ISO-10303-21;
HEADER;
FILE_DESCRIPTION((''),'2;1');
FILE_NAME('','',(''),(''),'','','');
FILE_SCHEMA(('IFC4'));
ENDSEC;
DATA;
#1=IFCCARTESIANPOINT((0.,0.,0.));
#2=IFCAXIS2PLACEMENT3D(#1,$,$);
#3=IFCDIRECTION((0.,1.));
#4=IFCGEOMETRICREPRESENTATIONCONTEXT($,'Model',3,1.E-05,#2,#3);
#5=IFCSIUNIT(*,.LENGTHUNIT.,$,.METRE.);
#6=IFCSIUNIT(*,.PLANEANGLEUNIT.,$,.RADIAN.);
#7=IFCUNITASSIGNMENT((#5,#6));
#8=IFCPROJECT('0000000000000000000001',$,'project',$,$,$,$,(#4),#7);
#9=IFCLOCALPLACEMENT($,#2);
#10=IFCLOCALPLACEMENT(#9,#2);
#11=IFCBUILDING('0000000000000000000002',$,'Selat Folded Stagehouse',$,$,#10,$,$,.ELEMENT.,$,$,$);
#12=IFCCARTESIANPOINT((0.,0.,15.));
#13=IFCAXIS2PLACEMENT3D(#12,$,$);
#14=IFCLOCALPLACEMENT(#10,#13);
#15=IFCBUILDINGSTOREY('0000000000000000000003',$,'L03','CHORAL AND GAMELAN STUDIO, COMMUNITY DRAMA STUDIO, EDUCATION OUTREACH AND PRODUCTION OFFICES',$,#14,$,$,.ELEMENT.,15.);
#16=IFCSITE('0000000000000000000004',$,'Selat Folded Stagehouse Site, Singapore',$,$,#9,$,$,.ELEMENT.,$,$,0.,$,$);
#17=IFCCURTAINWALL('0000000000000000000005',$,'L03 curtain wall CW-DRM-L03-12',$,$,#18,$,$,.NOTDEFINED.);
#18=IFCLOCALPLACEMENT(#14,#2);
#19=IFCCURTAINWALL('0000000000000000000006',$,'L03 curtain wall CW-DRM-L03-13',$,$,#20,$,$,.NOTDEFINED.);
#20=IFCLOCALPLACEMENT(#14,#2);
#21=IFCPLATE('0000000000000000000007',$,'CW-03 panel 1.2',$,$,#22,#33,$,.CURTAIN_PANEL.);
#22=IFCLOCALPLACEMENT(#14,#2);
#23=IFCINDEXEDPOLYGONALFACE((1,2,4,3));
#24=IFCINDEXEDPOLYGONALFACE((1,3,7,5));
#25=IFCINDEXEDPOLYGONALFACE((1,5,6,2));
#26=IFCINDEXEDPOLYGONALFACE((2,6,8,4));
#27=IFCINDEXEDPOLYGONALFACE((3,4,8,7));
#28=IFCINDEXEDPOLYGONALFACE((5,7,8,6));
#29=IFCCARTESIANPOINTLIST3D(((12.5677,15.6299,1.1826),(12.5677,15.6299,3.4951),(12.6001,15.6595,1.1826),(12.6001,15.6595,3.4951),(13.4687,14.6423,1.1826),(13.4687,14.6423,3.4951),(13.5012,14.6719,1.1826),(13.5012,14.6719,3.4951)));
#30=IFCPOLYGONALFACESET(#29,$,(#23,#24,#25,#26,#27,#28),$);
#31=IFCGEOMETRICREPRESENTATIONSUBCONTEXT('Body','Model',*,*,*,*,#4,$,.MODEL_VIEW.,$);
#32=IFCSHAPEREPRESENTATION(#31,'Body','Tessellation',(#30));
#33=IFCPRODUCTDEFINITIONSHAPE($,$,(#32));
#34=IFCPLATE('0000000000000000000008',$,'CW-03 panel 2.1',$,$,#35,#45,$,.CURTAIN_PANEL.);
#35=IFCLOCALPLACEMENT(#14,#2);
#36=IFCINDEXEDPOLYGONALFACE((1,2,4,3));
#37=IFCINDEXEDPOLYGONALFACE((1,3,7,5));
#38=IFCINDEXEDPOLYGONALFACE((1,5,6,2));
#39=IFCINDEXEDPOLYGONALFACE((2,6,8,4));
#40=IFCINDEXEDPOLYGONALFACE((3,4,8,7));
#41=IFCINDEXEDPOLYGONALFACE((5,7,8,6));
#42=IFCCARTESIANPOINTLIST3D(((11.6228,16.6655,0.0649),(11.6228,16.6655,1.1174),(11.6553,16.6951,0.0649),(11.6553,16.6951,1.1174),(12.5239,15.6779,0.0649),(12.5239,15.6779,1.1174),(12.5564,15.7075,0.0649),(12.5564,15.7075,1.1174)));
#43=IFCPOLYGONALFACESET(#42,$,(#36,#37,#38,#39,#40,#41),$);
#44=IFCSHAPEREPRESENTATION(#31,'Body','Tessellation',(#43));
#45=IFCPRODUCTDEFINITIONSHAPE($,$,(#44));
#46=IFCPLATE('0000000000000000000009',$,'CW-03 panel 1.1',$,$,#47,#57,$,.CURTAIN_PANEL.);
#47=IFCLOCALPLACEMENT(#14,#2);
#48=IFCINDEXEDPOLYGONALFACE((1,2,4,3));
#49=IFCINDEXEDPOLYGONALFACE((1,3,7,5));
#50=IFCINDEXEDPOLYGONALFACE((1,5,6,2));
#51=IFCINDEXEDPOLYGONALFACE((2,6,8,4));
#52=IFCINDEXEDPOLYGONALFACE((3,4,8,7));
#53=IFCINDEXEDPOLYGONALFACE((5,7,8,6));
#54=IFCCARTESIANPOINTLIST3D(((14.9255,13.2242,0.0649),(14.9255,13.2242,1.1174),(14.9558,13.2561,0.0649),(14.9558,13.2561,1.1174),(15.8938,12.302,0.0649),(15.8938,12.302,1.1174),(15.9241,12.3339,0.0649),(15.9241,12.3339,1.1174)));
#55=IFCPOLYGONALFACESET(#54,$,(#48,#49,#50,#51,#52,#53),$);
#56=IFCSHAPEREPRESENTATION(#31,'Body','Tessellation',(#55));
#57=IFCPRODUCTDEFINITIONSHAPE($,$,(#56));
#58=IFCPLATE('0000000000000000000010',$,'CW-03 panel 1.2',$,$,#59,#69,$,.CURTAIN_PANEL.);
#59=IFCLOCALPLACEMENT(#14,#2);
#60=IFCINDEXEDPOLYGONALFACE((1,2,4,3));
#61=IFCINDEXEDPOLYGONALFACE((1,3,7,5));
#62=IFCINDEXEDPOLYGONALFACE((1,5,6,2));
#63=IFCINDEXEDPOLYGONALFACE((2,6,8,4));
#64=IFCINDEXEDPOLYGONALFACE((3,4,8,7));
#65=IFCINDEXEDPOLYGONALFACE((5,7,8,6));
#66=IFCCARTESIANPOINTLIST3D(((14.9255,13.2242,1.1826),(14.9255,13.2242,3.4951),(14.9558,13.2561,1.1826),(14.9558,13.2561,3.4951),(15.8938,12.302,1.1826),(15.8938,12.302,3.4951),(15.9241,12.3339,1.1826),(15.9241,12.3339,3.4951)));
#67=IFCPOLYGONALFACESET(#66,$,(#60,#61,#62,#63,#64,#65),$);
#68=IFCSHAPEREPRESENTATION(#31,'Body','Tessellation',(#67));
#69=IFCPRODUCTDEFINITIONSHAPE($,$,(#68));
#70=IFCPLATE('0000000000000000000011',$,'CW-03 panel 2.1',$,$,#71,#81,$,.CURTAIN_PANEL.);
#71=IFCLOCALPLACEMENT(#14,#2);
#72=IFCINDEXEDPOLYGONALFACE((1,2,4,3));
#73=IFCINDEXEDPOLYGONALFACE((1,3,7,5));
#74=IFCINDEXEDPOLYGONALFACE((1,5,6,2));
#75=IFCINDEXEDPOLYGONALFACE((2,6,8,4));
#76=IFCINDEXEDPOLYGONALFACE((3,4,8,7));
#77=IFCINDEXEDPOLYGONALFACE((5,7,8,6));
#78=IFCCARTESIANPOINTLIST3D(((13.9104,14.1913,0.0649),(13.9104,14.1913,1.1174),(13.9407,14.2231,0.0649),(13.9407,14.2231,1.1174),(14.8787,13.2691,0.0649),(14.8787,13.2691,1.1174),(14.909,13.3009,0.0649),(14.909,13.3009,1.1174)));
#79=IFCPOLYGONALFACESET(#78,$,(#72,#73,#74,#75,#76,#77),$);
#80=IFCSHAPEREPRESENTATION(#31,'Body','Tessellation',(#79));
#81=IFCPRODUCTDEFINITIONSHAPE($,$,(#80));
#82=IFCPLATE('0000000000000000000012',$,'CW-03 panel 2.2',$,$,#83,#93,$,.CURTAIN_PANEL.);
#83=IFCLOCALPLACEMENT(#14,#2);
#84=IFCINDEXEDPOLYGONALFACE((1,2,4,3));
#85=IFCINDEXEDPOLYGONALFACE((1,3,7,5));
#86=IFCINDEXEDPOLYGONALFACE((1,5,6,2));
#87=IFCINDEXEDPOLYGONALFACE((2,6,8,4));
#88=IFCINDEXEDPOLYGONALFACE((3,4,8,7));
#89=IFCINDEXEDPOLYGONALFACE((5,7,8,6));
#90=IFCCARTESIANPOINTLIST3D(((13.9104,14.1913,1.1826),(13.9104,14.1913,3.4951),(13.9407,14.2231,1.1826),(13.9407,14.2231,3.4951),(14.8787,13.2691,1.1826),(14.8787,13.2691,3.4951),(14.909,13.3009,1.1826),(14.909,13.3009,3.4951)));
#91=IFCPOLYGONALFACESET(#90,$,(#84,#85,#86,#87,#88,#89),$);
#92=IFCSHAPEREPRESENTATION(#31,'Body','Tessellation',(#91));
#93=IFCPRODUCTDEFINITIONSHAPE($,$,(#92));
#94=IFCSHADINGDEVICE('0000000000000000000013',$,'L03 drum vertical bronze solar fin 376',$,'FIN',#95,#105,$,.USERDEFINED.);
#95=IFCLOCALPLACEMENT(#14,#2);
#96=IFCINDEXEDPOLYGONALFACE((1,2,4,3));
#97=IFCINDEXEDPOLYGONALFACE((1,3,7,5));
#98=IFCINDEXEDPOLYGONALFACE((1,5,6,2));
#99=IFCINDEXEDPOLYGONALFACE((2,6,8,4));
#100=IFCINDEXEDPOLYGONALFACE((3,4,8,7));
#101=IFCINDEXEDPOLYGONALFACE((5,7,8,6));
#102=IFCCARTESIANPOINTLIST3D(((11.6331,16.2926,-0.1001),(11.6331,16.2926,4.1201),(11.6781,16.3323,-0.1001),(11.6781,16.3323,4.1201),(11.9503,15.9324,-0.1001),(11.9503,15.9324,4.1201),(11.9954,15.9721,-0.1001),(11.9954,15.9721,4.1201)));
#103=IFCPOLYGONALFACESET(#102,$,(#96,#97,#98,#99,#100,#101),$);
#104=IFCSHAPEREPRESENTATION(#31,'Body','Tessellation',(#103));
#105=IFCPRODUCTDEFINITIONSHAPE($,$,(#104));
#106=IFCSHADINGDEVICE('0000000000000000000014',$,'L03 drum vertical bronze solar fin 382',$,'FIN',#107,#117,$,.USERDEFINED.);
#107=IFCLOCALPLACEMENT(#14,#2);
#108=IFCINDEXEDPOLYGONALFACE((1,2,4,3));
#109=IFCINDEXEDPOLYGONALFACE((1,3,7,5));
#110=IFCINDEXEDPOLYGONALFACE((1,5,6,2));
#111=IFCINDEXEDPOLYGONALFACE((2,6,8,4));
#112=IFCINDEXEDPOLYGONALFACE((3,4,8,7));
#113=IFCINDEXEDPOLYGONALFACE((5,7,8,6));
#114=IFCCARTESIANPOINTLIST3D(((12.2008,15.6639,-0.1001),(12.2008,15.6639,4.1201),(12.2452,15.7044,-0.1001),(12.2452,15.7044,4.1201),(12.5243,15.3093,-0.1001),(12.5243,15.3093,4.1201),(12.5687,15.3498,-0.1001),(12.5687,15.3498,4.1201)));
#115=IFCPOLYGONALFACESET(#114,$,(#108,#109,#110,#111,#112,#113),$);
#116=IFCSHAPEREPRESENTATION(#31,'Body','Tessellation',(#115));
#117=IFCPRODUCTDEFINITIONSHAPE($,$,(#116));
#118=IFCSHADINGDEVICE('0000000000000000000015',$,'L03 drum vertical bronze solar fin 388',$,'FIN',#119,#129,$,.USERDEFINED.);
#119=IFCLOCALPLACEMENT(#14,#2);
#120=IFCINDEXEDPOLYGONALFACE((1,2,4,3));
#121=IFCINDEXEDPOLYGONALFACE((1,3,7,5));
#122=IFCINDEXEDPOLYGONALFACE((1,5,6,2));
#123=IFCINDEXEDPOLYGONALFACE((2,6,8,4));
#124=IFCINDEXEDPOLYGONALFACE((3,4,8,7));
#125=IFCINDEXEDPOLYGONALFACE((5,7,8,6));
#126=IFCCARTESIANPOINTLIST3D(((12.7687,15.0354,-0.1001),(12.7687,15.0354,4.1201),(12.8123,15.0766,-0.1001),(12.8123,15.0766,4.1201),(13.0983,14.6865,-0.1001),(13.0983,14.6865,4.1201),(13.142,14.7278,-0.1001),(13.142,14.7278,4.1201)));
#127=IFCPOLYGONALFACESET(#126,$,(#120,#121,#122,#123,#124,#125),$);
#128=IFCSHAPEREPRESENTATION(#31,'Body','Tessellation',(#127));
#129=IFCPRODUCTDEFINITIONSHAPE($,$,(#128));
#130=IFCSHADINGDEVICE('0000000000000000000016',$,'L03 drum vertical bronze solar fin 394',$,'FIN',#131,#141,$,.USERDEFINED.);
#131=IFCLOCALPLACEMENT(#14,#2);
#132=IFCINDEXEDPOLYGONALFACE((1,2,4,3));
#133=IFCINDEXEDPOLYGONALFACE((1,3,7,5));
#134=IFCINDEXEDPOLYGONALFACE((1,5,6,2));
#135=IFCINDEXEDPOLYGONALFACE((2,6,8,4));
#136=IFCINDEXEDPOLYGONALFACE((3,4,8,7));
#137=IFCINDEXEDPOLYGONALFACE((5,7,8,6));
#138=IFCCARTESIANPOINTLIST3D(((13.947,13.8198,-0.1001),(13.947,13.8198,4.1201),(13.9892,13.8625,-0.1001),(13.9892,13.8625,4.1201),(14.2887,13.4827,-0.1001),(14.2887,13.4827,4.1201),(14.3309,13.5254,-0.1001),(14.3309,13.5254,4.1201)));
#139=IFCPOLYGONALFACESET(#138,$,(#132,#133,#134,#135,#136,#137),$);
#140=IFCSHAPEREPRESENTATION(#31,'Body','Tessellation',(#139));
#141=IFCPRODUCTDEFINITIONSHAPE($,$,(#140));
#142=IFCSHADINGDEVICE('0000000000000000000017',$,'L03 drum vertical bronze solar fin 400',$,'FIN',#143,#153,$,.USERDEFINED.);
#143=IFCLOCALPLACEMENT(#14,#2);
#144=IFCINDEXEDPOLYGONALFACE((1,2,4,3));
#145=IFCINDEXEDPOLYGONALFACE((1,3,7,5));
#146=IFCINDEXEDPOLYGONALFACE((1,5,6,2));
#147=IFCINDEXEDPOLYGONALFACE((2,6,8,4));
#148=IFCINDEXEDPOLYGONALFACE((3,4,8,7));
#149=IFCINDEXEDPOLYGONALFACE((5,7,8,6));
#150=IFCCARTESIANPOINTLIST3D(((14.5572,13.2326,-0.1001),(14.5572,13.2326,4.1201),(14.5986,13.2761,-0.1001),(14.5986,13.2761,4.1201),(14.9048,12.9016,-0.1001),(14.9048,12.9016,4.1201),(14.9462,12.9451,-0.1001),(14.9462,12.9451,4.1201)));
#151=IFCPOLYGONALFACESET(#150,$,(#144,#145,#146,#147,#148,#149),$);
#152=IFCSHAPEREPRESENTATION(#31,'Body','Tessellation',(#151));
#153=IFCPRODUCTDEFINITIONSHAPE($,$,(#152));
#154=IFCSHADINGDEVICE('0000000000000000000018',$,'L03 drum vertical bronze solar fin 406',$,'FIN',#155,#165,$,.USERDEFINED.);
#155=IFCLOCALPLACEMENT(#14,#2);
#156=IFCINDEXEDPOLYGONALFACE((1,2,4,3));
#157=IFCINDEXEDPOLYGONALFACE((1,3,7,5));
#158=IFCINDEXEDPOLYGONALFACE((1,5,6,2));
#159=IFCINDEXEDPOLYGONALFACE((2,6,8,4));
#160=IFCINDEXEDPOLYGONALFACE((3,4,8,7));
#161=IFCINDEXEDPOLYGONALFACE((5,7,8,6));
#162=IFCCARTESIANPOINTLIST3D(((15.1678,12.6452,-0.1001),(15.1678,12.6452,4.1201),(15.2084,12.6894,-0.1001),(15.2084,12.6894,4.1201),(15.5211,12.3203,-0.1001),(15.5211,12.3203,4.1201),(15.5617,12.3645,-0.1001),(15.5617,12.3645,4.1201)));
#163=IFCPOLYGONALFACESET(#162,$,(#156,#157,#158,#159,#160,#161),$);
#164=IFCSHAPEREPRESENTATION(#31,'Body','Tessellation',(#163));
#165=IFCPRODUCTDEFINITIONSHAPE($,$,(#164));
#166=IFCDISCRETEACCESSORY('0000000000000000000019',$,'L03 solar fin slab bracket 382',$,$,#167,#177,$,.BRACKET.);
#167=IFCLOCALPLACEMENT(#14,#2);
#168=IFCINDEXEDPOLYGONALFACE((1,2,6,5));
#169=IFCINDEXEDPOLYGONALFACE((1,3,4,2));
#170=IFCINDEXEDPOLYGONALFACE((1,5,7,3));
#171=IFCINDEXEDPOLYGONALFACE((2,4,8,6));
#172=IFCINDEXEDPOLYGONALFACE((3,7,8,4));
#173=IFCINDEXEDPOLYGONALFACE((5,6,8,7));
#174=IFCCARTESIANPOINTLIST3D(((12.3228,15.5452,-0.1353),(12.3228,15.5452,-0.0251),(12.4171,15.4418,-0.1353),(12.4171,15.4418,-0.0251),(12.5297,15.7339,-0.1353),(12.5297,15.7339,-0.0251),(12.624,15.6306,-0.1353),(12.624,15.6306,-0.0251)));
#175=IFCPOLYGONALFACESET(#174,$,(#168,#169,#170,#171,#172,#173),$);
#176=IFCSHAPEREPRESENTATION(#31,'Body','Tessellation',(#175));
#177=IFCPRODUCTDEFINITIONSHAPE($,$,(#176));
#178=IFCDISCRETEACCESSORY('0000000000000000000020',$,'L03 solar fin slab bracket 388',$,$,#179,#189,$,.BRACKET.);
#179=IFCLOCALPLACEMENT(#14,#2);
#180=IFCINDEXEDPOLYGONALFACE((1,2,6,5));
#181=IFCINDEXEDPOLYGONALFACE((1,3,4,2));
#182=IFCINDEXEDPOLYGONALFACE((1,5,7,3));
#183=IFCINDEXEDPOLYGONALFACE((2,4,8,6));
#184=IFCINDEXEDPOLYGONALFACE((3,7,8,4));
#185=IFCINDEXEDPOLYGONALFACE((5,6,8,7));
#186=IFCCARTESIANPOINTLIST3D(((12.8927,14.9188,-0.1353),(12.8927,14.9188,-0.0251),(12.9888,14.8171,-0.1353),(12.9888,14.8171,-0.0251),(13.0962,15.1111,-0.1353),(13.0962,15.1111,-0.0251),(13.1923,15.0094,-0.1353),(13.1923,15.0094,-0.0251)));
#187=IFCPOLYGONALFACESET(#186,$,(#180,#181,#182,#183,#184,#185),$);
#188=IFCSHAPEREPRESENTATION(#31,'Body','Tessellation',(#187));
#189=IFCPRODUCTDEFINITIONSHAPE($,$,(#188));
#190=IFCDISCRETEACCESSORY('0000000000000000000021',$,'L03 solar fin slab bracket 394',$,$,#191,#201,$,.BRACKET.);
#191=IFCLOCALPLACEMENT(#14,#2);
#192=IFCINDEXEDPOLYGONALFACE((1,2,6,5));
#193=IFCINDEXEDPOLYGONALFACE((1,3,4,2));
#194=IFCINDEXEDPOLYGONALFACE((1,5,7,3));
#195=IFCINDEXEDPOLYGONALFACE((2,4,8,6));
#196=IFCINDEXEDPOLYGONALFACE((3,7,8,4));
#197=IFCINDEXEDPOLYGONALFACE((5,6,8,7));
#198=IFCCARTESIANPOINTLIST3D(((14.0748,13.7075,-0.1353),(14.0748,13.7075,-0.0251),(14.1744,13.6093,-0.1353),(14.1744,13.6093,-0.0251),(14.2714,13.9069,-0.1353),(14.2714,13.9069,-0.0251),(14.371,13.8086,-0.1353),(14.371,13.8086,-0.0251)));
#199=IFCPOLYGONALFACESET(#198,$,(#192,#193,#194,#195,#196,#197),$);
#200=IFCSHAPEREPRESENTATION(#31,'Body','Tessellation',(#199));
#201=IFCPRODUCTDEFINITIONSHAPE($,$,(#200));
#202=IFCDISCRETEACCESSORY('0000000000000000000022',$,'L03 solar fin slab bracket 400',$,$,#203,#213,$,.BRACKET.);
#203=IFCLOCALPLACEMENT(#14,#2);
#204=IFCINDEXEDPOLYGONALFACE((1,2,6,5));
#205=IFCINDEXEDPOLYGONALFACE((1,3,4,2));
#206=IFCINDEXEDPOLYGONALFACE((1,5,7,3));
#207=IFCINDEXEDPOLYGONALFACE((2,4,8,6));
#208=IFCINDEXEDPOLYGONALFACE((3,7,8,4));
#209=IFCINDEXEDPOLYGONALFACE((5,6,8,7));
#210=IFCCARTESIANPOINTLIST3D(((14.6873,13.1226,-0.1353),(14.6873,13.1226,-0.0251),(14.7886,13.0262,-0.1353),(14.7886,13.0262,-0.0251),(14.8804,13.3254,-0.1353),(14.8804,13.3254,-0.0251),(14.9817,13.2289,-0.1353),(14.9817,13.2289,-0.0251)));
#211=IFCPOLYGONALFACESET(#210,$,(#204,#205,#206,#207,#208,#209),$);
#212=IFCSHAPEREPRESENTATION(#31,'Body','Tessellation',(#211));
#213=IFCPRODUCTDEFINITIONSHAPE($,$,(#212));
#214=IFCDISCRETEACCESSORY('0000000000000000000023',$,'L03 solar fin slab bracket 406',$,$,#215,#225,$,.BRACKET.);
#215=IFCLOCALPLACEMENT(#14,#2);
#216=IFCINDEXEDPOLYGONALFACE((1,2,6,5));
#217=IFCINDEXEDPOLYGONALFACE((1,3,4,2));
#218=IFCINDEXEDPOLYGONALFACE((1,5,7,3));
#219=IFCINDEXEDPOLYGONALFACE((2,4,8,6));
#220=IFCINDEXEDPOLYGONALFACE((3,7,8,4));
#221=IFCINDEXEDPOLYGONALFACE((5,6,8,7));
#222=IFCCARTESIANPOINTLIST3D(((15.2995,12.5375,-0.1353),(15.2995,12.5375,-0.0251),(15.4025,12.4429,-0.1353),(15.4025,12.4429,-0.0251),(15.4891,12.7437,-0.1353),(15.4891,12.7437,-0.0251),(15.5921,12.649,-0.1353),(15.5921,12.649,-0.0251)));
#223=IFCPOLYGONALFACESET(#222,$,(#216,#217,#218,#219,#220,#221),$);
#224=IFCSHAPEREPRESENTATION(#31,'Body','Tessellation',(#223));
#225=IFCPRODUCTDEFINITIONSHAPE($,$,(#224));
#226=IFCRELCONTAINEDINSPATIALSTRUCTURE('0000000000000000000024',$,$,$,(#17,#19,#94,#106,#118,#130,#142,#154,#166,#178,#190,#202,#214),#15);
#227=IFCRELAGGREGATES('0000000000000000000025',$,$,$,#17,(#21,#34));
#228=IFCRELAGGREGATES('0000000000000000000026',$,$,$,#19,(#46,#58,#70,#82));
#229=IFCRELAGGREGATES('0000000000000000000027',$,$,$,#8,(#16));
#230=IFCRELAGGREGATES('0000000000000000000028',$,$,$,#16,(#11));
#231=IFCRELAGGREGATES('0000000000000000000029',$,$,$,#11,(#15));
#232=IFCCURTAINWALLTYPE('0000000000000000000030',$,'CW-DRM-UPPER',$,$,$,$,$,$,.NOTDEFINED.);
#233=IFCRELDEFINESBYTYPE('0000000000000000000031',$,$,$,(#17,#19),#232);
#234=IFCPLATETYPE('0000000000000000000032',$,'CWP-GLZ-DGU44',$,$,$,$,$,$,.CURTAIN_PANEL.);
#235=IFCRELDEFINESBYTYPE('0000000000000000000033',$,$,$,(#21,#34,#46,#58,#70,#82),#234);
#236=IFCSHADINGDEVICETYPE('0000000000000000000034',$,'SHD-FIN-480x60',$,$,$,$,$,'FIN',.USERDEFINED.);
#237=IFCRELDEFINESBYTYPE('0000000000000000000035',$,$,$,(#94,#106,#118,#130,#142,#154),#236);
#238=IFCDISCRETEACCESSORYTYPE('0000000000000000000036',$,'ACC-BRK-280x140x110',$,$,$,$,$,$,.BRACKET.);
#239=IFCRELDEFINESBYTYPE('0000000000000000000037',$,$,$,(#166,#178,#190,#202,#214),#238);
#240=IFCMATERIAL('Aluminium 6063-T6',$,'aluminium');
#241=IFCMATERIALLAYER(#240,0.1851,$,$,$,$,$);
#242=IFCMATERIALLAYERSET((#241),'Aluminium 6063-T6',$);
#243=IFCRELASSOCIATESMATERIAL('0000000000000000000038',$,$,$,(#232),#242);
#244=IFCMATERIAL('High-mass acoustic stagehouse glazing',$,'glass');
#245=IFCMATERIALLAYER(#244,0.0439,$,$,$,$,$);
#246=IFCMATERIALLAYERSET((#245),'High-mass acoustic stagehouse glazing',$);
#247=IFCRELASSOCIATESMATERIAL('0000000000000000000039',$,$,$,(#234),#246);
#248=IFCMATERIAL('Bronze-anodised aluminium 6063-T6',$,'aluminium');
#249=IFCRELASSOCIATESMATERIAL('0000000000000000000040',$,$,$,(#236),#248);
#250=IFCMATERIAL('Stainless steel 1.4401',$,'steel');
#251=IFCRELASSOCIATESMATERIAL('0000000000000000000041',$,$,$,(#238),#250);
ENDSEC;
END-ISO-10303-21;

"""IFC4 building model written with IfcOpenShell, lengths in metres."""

from ifc_helpers import new_model, si_unit, direction, frame, origin, origin_2d, place, context, subcontext, project, spatial, rectangle, extrude, material, layer, layer_set, material_profile, profile_set, type_object, element, aggregate, save


model = new_model("IFC4")

# Units and contexts
model_context = context("Model", 3, precision=1e-05, world=origin(), true_north=direction((0.0, 1.0)))
body_context = subcontext(model_context, "Body", "Model", "MODEL_VIEW")
ifc_project = project(units=[si_unit("LENGTHUNIT", "METRE"), si_unit("PLANEANGLEUNIT", "RADIAN")], contexts=[model_context])

# Site, building, storey
site_placement = place(None, origin())
site = spatial("IfcSite", under=ifc_project, at=site_placement, Name="Selat Folded Stagehouse Site, Singapore", CompositionType="ELEMENT", RefElevation=0.0)
building_placement = place(site_placement, origin())
building = spatial("IfcBuilding", under=site, at=building_placement, Name="Selat Folded Stagehouse", CompositionType="ELEMENT")
storey_placement = place(building_placement, frame((0.0, 0.0, 15.0)))
storey = spatial("IfcBuildingStorey", under=building, at=storey_placement, Name="L03", Description="CHORAL AND GAMELAN STUDIO, COMMUNITY DRAMA STUDIO, EDUCATION OUTREACH AND PRODUCTION OFFICES", CompositionType="ELEMENT", Elevation=15.0)

# Curtain walls
ifc_material_1 = material(Name="Aluminium 6063-T6", Category="aluminium")
ifc_layer_1 = layer(ifc_material_1, 0.1851)
ifc_layer_set_1 = layer_set([ifc_layer_1], Name="Aluminium 6063-T6")
curtain_wall_type = type_object("IfcCurtainWallType", Name="CW-DRM-UPPER", PredefinedType="NOTDEFINED", material=ifc_layer_set_1)
curtain_wall_1_placement = place(storey_placement, origin())
curtain_wall_1 = element("IfcCurtainWall", 1, at=curtain_wall_1_placement, inside=storey, type_object=curtain_wall_type, Name="L03 curtain wall CW-DRM-L03-12", PredefinedType="NOTDEFINED")
curtain_wall_2_placement = place(storey_placement, origin())
curtain_wall_2 = element("IfcCurtainWall", 2, at=curtain_wall_2_placement, inside=storey, type_object=curtain_wall_type, Name="L03 curtain wall CW-DRM-L03-13", PredefinedType="NOTDEFINED")

# Plates
ifc_material_2 = material(Name="High-mass acoustic stagehouse glazing", Category="glass")
ifc_layer_2 = layer(ifc_material_2, 0.0439)
ifc_layer_set_2 = layer_set([ifc_layer_2], Name="High-mass acoustic stagehouse glazing")
plate_type = type_object("IfcPlateType", Name="CWP-GLZ-DGU44", PredefinedType="CURTAIN_PANEL", material=ifc_layer_set_2)
plate_1_placement = place(storey_placement, frame((13.0344, 15.1509, 1.1826), z_axis=(0.0, 0.0, 1.0), x_axis=(-0.674002, 0.738729, 0.0)))
plate_1 = element("IfcPlate", 3, at=plate_1_placement, type_object=plate_type, Name="CW-03 panel 1.2", PredefinedType="CURTAIN_PANEL", context=body_context, shape_type="SweptSolid", body=[
    extrude(rectangle(XDim=1.3369, YDim=0.0439, at=origin_2d()), origin(), (0.0, 0.0, 1.0), 2.3125),
])
plate_2_placement = place(storey_placement, frame((12.0896, 16.1865, 0.0649), z_axis=(0.0, 0.0, 1.0), x_axis=(-0.674002, 0.738729, 0.0)))
plate_2 = element("IfcPlate", 4, at=plate_2_placement, type_object=plate_type, Name="CW-03 panel 2.1", PredefinedType="CURTAIN_PANEL", context=body_context, shape_type="SweptSolid", body=[
    extrude(rectangle(XDim=1.3369, YDim=0.0439, at=origin_2d()), origin(), (0.0, 0.0, 1.0), 1.0525),
])
aggregate(curtain_wall_1, [plate_1, plate_2])
plate_3_placement = place(storey_placement, frame((15.4248, 12.7791, 0.0649), z_axis=(0.0, 0.0, 1.0), x_axis=(-0.724132, 0.689661, 0.0)))
plate_3 = element("IfcPlate", 5, at=plate_3_placement, type_object=plate_type, Name="CW-03 panel 1.1", PredefinedType="CURTAIN_PANEL", context=body_context, shape_type="SweptSolid", body=[
    extrude(rectangle(XDim=1.3372, YDim=0.0439, at=origin_2d()), origin(), (0.0, 0.0, 1.0), 1.0525),
])
plate_4_placement = place(storey_placement, frame((15.4248, 12.7791, 1.1826), z_axis=(0.0, 0.0, 1.0), x_axis=(-0.724132, 0.689661, 0.0)))
plate_4 = element("IfcPlate", 6, at=plate_4_placement, type_object=plate_type, Name="CW-03 panel 1.2", PredefinedType="CURTAIN_PANEL", context=body_context, shape_type="SweptSolid", body=[
    extrude(rectangle(XDim=1.3372, YDim=0.0439, at=origin_2d()), origin(), (0.0, 0.0, 1.0), 2.3125),
])
plate_5_placement = place(storey_placement, frame((14.4097, 13.7461, 0.0649), z_axis=(0.0, 0.0, 1.0), x_axis=(-0.724132, 0.689661, 0.0)))
plate_5 = element("IfcPlate", 7, at=plate_5_placement, type_object=plate_type, Name="CW-03 panel 2.1", PredefinedType="CURTAIN_PANEL", context=body_context, shape_type="SweptSolid", body=[
    extrude(rectangle(XDim=1.3372, YDim=0.0439, at=origin_2d()), origin(), (0.0, 0.0, 1.0), 1.0525),
])
plate_6_placement = place(storey_placement, frame((14.4097, 13.7461, 1.1826), z_axis=(0.0, 0.0, 1.0), x_axis=(-0.724132, 0.689661, 0.0)))
plate_6 = element("IfcPlate", 8, at=plate_6_placement, type_object=plate_type, Name="CW-03 panel 2.2", PredefinedType="CURTAIN_PANEL", context=body_context, shape_type="SweptSolid", body=[
    extrude(rectangle(XDim=1.3372, YDim=0.0439, at=origin_2d()), origin(), (0.0, 0.0, 1.0), 2.3125),
])
aggregate(curtain_wall_2, [plate_3, plate_4, plate_5, plate_6])

# Shading devices
ifc_material_3 = material(Name="Bronze-anodised aluminium 6063-T6", Category="aluminium")
ifc_material_profile_1 = material_profile(ifc_material_3, rectangle(XDim=0.0601, YDim=0.48, at=origin_2d()), Name="SOLAR-FIN 480x60")
ifc_profile_set_1 = profile_set([ifc_material_profile_1], Name="Bronze-anodised aluminium 6063-T6")
shading_device_type = type_object("IfcShadingDeviceType", Name="SHD-FIN-480x60", ElementType="FIN", PredefinedType="USERDEFINED", material=ifc_profile_set_1)
for number, where, z_axis, x_axis, name in (
    (9, (11.8142, 16.1323, -0.1001), (0.0, 0.0, 1.0), (-0.750457, -0.660919, 0.0), "L03 drum vertical bronze solar fin 376"),
    (10, (12.3848, 15.5068, -0.1001), (0.0, 0.0, 1.0), (-0.738691, -0.674045, 0.0), "L03 drum vertical bronze solar fin 382"),
    (11, (12.9553, 14.8816, -0.1001), (0.0, 0.0, 1.0), (-0.726814, -0.686834, 0.0), "L03 drum vertical bronze solar fin 388"),
    (12, (14.1389, 13.6726, -0.1001), (0.0, 0.0, 1.0), (-0.702277, -0.711903, 0.0), "L03 drum vertical bronze solar fin 394"),
    (13, (14.7517, 13.0889, -0.1001), (0.0, 0.0, 1.0), (-0.68962, -0.724172, 0.0), "L03 drum vertical bronze solar fin 400"),
    (14, (15.3647, 12.5049, -0.1001), (0.0, 0.0, 1.0), (-0.676876, -0.736097, 0.0), "L03 drum vertical bronze solar fin 406"),
):
    element("IfcShadingDevice", number, at=place(storey_placement, frame(where, z_axis=z_axis, x_axis=x_axis)), inside=storey, type_object=shading_device_type, Name=name, ObjectType="FIN", PredefinedType="USERDEFINED", context=body_context, shape_type="SweptSolid", body=[
        extrude(rectangle(XDim=0.0601, YDim=0.48, at=origin_2d()), origin(), (0.0, 0.0, 1.0), 4.2202),
    ])

# Discrete accessories
ifc_material_4 = material(Name="Stainless steel 1.4401", Category="steel")
discrete_accessory_type = type_object("IfcDiscreteAccessoryType", Name="ACC-BRK-280x140x110", PredefinedType="BRACKET", material=ifc_material_4)
for number, where, z_axis, x_axis, name in (
    (15, (12.4734, 15.5879, -0.1353), (0.0, 0.0, 1.0), (-0.738691, -0.674045, 0.0), "L03 solar fin slab bracket 382"),
    (16, (13.0425, 14.9641, -0.1353), (0.0, 0.0, 1.0), (-0.726814, -0.686834, 0.0), "L03 solar fin slab bracket 388"),
    (17, (14.2229, 13.7581, -0.1353), (0.0, 0.0, 1.0), (-0.702277, -0.711903, 0.0), "L03 solar fin slab bracket 394"),
    (18, (14.8345, 13.1758, -0.1353), (0.0, 0.0, 1.0), (-0.68962, -0.724172, 0.0), "L03 solar fin slab bracket 400"),
    (19, (15.4458, 12.5933, -0.1353), (0.0, 0.0, 1.0), (-0.676876, -0.736097, 0.0), "L03 solar fin slab bracket 406"),
):
    element("IfcDiscreteAccessory", number, at=place(storey_placement, frame(where, z_axis=z_axis, x_axis=x_axis)), inside=storey, type_object=discrete_accessory_type, Name=name, PredefinedType="BRACKET", context=body_context, shape_type="SweptSolid", body=[
        extrude(rectangle(XDim=0.28, YDim=0.1399, at=origin_2d()), origin(), (0.0, 0.0, 1.0), 0.1101),
    ])

save(model, "model.ifc")
